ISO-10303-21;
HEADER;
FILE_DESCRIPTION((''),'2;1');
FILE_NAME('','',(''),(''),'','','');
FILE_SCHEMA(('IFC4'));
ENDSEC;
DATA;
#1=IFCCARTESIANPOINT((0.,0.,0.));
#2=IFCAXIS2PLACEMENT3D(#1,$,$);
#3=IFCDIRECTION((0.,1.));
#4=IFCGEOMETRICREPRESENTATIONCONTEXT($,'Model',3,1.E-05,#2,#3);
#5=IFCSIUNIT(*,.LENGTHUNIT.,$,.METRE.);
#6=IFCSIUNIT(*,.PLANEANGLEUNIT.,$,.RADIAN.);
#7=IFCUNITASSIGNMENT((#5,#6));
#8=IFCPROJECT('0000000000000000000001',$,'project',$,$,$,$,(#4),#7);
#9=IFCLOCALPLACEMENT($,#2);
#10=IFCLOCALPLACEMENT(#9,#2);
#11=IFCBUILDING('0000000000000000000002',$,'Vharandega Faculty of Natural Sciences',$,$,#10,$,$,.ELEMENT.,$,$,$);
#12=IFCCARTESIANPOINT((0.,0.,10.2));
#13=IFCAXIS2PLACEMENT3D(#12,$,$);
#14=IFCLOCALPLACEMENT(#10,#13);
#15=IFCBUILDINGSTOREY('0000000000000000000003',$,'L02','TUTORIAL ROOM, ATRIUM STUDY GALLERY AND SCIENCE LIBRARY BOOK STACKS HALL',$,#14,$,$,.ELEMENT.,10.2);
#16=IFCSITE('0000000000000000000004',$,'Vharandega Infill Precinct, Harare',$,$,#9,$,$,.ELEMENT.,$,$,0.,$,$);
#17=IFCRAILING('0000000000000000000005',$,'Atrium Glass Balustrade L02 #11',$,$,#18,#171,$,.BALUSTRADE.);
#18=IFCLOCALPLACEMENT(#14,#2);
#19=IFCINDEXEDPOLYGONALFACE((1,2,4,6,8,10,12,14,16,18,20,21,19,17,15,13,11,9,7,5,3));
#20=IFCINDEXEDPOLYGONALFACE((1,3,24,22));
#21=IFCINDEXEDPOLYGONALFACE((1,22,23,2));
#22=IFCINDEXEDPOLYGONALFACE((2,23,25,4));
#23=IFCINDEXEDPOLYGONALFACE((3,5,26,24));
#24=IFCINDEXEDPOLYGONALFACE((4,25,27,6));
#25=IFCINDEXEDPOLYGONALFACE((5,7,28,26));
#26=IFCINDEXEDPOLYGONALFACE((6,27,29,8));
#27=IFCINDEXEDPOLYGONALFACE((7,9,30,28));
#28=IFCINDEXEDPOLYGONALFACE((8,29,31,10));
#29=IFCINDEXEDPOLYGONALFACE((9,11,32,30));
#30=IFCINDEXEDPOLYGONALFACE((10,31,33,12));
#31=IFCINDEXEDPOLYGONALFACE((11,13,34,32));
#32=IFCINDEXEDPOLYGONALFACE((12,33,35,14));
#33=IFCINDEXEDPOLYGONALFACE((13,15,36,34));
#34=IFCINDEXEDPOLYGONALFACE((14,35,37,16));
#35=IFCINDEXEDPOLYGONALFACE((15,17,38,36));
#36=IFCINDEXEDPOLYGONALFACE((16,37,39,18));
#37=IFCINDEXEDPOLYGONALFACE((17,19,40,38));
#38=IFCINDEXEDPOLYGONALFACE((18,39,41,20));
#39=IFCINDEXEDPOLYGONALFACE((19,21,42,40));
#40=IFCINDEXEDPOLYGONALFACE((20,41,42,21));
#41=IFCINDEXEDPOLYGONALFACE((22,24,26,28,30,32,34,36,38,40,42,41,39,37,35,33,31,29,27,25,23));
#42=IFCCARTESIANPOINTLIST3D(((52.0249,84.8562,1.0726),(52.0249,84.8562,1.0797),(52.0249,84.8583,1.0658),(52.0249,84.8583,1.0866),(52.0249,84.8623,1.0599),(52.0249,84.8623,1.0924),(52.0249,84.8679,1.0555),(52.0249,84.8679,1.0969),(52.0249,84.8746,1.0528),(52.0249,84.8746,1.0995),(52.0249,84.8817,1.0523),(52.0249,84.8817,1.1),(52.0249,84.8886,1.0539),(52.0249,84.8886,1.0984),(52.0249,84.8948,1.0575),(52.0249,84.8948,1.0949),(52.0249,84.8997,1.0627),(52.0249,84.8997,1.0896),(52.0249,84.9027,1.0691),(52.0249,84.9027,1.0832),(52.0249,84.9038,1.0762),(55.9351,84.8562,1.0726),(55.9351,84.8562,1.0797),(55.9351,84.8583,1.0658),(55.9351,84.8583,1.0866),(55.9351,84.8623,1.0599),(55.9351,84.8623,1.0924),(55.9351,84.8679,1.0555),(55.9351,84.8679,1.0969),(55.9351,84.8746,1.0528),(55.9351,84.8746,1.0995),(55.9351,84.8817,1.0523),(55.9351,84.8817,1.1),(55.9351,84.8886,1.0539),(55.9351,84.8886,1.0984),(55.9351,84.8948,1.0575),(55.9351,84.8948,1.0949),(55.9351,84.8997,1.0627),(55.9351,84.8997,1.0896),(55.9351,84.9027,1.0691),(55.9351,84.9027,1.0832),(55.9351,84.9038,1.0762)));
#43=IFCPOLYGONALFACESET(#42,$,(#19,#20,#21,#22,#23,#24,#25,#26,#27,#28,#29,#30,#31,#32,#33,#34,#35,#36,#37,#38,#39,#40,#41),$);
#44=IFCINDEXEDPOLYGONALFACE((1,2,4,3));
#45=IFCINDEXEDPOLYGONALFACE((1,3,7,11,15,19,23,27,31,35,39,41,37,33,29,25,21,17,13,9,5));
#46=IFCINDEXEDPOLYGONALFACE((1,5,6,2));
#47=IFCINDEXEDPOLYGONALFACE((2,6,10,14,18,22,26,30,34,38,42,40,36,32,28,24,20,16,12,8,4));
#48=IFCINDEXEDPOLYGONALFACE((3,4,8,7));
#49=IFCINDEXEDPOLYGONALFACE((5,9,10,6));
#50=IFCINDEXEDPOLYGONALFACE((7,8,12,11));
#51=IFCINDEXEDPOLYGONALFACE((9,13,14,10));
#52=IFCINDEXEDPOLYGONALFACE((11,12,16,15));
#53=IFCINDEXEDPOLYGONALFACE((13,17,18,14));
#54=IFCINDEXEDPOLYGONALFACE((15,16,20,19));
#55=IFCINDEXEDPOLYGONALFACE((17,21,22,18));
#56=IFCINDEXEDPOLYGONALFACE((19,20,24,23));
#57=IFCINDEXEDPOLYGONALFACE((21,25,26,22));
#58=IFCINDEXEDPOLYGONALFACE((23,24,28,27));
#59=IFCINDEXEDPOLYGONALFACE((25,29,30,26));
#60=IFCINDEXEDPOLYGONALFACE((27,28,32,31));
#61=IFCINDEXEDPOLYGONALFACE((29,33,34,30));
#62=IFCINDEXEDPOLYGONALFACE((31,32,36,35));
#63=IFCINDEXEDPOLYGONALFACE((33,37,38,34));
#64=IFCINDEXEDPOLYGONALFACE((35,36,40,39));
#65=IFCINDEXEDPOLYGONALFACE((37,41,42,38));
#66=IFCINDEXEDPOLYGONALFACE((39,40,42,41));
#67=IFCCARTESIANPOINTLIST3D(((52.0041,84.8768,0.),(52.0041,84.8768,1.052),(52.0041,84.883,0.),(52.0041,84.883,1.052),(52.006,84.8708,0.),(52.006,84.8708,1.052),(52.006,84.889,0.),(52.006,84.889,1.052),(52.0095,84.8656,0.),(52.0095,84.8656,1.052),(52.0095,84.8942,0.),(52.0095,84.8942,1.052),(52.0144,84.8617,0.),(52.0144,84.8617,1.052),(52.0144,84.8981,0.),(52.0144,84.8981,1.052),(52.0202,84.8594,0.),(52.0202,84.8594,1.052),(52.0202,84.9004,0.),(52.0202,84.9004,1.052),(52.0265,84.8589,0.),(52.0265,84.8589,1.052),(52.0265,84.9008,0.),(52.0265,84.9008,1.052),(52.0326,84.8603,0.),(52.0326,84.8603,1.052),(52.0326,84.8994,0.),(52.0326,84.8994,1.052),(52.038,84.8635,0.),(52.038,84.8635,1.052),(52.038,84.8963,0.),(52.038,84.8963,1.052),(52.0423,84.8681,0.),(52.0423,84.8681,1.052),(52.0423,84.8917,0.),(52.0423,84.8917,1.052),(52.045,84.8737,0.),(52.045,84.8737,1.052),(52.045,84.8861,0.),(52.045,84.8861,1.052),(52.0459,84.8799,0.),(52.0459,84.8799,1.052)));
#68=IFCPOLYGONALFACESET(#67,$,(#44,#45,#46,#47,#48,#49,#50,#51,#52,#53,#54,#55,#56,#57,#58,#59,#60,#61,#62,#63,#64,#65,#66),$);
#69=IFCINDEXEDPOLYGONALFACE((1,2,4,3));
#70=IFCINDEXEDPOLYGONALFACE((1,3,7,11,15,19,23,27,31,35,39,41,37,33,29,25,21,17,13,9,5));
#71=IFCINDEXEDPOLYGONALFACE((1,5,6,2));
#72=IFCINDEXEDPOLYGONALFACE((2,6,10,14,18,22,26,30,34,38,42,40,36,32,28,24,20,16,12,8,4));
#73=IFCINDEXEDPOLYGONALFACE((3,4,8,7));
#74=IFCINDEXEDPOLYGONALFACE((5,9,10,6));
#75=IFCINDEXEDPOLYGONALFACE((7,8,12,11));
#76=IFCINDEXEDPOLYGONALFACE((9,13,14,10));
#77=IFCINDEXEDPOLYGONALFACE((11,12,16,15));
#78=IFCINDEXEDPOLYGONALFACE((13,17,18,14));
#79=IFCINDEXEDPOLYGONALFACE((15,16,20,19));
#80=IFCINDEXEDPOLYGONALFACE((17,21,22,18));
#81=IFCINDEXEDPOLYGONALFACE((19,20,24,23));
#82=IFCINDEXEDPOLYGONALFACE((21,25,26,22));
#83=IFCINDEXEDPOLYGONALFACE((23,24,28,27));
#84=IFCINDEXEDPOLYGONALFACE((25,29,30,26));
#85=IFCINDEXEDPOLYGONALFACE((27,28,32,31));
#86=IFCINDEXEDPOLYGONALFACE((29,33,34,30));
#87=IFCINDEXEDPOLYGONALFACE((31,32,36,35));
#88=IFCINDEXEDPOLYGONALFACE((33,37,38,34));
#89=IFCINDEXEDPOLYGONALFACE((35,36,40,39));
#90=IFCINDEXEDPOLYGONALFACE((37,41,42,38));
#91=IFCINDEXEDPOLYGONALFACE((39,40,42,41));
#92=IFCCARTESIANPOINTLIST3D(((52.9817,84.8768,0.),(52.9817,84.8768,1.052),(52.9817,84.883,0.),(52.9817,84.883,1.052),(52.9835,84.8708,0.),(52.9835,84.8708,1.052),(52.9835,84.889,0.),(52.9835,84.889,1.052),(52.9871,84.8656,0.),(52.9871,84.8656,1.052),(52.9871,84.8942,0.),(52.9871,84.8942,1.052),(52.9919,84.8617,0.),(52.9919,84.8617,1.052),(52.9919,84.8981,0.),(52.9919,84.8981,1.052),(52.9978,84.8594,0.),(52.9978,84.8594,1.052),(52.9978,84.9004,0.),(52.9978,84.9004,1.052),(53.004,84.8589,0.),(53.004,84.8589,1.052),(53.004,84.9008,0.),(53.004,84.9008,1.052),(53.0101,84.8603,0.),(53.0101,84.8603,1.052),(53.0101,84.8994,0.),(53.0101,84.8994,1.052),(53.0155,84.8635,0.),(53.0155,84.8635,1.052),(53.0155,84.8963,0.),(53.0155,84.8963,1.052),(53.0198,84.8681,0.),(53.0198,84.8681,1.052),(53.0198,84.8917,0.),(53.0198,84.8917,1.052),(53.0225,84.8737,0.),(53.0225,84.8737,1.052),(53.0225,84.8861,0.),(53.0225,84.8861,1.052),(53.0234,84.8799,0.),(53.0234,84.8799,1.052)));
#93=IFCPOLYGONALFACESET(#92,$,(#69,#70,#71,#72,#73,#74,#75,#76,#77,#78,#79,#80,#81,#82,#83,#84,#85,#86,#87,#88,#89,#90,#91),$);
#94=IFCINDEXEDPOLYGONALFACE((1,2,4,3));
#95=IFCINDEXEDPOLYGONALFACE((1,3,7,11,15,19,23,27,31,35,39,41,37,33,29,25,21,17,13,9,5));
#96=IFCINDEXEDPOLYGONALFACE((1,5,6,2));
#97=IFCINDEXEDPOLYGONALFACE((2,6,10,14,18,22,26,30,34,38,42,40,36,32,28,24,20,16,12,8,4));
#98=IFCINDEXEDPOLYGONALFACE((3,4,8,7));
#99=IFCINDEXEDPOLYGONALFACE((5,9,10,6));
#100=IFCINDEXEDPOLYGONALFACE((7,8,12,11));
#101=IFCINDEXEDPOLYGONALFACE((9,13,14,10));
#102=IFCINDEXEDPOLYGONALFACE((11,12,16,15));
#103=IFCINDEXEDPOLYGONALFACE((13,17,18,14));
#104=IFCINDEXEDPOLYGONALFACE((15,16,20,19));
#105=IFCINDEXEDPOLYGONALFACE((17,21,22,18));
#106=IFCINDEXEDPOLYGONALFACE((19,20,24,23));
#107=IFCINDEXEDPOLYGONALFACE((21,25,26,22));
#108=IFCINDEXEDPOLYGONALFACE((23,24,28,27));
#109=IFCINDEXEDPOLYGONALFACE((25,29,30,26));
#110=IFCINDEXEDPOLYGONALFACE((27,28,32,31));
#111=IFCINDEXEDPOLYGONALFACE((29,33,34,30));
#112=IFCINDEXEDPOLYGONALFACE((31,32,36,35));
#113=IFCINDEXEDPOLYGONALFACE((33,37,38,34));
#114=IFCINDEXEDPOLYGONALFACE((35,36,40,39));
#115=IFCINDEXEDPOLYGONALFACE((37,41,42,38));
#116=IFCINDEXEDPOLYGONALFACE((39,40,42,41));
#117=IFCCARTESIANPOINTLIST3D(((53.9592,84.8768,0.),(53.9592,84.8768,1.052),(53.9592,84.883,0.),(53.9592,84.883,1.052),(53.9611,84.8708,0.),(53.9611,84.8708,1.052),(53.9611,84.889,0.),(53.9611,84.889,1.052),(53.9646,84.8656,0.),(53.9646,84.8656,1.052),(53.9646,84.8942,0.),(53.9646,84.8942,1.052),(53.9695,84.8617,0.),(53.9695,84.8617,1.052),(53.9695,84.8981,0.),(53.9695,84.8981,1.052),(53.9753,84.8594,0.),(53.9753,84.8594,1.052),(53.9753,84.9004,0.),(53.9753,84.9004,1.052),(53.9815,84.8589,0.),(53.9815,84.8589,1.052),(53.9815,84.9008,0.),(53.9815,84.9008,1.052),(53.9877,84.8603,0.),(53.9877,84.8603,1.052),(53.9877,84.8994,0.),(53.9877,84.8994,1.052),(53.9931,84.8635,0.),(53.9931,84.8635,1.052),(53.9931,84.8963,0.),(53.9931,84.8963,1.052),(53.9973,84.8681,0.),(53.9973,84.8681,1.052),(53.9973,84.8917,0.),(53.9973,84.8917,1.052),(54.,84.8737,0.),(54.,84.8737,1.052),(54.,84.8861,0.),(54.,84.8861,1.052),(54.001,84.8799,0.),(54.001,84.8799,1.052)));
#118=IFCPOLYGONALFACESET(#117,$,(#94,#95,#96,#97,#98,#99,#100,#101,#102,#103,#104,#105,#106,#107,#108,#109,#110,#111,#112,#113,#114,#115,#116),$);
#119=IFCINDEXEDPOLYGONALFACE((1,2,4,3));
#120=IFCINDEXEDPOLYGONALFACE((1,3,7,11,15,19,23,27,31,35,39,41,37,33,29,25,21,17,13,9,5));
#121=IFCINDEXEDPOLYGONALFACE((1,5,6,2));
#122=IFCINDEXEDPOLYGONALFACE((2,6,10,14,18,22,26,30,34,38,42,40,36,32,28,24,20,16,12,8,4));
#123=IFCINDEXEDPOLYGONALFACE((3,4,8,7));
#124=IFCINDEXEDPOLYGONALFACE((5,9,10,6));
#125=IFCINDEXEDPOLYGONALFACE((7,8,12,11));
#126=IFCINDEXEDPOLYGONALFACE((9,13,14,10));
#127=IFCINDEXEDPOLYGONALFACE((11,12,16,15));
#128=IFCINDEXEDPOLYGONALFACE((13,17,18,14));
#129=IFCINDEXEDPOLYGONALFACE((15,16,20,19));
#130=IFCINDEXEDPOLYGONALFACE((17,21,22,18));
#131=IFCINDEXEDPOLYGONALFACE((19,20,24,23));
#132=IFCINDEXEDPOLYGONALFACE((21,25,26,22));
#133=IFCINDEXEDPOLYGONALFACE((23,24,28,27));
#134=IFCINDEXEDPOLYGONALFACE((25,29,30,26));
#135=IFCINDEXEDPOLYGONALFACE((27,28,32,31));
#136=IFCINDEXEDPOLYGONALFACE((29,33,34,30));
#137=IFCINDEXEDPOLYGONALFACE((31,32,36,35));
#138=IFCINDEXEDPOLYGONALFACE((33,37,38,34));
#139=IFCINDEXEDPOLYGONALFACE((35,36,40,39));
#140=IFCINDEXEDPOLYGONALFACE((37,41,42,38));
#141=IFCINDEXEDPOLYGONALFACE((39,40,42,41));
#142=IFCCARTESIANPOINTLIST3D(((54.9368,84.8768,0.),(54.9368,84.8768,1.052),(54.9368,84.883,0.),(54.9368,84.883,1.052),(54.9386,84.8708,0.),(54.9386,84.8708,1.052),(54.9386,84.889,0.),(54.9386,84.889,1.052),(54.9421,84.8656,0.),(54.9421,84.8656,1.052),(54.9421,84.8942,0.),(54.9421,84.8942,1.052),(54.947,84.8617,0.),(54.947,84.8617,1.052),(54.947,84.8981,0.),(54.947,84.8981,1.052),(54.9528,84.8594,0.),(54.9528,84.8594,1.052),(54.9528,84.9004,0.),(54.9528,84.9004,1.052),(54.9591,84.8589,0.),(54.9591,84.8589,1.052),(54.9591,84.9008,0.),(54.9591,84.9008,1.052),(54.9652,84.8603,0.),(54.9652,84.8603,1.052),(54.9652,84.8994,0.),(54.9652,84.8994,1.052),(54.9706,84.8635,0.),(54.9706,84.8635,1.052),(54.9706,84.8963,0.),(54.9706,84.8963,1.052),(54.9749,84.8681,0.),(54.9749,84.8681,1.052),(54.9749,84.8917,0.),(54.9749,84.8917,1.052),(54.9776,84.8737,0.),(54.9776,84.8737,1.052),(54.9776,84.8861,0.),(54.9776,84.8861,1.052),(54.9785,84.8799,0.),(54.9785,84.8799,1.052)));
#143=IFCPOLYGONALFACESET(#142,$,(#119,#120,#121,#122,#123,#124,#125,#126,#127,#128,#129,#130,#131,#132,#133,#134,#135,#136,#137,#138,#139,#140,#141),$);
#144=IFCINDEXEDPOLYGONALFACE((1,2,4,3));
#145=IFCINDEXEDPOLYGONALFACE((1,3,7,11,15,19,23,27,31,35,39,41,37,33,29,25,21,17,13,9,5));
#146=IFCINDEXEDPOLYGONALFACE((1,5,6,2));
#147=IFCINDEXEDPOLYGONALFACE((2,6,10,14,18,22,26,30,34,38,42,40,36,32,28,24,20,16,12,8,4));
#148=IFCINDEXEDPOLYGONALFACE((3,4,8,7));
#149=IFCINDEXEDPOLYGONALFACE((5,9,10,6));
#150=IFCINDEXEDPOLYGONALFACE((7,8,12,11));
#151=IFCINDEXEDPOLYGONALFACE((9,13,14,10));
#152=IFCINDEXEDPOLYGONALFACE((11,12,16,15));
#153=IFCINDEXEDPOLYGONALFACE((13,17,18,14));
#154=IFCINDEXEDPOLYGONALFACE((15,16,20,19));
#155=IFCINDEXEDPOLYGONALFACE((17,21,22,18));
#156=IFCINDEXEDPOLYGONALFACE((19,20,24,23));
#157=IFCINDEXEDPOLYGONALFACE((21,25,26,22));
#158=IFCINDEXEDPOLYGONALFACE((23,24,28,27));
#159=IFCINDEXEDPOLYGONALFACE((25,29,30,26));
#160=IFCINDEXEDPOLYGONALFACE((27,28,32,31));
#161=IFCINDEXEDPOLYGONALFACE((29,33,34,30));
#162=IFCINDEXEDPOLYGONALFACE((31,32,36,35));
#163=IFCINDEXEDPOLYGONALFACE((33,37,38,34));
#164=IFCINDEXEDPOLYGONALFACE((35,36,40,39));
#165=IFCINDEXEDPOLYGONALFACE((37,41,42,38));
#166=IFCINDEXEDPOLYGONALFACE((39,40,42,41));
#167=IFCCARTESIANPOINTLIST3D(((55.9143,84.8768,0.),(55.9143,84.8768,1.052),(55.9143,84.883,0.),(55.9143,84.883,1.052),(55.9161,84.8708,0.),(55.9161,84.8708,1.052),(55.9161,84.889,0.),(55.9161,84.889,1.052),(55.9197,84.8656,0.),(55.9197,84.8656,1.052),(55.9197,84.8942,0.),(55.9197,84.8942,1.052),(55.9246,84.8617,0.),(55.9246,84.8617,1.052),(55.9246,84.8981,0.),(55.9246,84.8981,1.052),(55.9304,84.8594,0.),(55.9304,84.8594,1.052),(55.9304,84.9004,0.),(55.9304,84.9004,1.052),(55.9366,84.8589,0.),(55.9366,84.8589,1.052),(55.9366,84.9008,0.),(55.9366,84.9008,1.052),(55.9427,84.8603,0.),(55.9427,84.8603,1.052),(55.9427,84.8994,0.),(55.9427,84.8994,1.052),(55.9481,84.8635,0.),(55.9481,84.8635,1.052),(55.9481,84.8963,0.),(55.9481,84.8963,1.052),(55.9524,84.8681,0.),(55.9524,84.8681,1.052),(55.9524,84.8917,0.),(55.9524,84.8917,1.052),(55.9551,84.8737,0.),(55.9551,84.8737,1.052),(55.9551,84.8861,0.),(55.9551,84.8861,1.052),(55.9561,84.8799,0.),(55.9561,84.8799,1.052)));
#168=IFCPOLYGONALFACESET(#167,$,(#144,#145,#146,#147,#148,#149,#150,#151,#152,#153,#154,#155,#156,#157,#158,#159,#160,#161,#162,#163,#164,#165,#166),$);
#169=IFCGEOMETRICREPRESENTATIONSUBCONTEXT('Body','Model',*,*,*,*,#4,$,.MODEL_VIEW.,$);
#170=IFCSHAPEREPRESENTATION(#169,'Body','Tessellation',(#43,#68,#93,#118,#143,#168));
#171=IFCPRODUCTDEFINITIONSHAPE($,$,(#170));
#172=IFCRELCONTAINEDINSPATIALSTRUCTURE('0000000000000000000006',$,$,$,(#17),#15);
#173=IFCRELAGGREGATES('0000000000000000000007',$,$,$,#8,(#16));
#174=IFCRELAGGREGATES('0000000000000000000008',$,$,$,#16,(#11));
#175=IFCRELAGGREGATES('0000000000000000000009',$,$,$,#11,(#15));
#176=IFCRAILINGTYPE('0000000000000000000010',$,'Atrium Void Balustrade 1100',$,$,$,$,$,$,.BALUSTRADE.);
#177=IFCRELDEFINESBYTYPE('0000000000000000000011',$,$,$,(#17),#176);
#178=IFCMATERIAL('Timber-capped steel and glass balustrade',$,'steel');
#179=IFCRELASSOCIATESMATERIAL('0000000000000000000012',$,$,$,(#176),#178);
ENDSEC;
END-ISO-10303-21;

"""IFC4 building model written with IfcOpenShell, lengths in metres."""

from ifc_helpers import new_model, si_unit, direction, frame, origin, origin_2d, place, context, subcontext, project, spatial, circle, extrude, material, type_object, element, save


model = new_model("IFC4")

# Units and contexts
model_context = context("Model", 3, precision=1e-05, world=origin(), true_north=direction((0.0, 1.0)))
body_context = subcontext(model_context, "Body", "Model", "MODEL_VIEW")
ifc_project = project(units=[si_unit("LENGTHUNIT", "METRE"), si_unit("PLANEANGLEUNIT", "RADIAN")], contexts=[model_context])

# Site, building, storey
site_placement = place(None, origin())
site = spatial("IfcSite", under=ifc_project, at=site_placement, Name="Vharandega Infill Precinct, Harare", CompositionType="ELEMENT", RefElevation=0.0)
building_placement = place(site_placement, origin())
building = spatial("IfcBuilding", under=site, at=building_placement, Name="Vharandega Faculty of Natural Sciences", CompositionType="ELEMENT")
storey_placement = place(building_placement, frame((0.0, 0.0, 10.2)))
storey = spatial("IfcBuildingStorey", under=building, at=storey_placement, Name="L02", Description="TUTORIAL ROOM, ATRIUM STUDY GALLERY AND SCIENCE LIBRARY BOOK STACKS HALL", CompositionType="ELEMENT", Elevation=10.2)

# Railing
ifc_material_1 = material(Name="Timber-capped steel and glass balustrade", Category="steel")
railing_type_1 = type_object("IfcRailingType", Name="Atrium Void Balustrade 1100", PredefinedType="BALUSTRADE", material=ifc_material_1)
railing_1_placement = place(storey_placement, frame((52.0249, 84.8799, 0.0)))
element("IfcRailing", 1, at=railing_1_placement, inside=storey, type_object=railing_type_1, Name="Atrium Glass Balustrade L02 #11", PredefinedType="BALUSTRADE", context=body_context, shape_type="SweptSolid", body=[
    extrude(circle(Radius=0.0239, at=origin_2d()), frame((0.0, 0.0, 1.0762), z_axis=(1.0, 0.0, 0.0), x_axis=(0.0, 1.0, 0.0)), (0.0, 0.0, 1.0), 3.9102),
    extrude(circle(Radius=0.021, at=origin_2d()), origin(), (0.0, 0.0, 1.0), 1.052),
    extrude(circle(Radius=0.021, at=origin_2d()), frame((0.9775, 0.0, 0.0)), (0.0, 0.0, 1.0), 1.052),
    extrude(circle(Radius=0.021, at=origin_2d()), frame((1.9551, 0.0, 0.0)), (0.0, 0.0, 1.0), 1.052),
    extrude(circle(Radius=0.021, at=origin_2d()), frame((2.9326, 0.0, 0.0)), (0.0, 0.0, 1.0), 1.052),
    extrude(circle(Radius=0.021, at=origin_2d()), frame((3.9102, 0.0, 0.0)), (0.0, 0.0, 1.0), 1.052),
])

save(model, "model.ifc")
